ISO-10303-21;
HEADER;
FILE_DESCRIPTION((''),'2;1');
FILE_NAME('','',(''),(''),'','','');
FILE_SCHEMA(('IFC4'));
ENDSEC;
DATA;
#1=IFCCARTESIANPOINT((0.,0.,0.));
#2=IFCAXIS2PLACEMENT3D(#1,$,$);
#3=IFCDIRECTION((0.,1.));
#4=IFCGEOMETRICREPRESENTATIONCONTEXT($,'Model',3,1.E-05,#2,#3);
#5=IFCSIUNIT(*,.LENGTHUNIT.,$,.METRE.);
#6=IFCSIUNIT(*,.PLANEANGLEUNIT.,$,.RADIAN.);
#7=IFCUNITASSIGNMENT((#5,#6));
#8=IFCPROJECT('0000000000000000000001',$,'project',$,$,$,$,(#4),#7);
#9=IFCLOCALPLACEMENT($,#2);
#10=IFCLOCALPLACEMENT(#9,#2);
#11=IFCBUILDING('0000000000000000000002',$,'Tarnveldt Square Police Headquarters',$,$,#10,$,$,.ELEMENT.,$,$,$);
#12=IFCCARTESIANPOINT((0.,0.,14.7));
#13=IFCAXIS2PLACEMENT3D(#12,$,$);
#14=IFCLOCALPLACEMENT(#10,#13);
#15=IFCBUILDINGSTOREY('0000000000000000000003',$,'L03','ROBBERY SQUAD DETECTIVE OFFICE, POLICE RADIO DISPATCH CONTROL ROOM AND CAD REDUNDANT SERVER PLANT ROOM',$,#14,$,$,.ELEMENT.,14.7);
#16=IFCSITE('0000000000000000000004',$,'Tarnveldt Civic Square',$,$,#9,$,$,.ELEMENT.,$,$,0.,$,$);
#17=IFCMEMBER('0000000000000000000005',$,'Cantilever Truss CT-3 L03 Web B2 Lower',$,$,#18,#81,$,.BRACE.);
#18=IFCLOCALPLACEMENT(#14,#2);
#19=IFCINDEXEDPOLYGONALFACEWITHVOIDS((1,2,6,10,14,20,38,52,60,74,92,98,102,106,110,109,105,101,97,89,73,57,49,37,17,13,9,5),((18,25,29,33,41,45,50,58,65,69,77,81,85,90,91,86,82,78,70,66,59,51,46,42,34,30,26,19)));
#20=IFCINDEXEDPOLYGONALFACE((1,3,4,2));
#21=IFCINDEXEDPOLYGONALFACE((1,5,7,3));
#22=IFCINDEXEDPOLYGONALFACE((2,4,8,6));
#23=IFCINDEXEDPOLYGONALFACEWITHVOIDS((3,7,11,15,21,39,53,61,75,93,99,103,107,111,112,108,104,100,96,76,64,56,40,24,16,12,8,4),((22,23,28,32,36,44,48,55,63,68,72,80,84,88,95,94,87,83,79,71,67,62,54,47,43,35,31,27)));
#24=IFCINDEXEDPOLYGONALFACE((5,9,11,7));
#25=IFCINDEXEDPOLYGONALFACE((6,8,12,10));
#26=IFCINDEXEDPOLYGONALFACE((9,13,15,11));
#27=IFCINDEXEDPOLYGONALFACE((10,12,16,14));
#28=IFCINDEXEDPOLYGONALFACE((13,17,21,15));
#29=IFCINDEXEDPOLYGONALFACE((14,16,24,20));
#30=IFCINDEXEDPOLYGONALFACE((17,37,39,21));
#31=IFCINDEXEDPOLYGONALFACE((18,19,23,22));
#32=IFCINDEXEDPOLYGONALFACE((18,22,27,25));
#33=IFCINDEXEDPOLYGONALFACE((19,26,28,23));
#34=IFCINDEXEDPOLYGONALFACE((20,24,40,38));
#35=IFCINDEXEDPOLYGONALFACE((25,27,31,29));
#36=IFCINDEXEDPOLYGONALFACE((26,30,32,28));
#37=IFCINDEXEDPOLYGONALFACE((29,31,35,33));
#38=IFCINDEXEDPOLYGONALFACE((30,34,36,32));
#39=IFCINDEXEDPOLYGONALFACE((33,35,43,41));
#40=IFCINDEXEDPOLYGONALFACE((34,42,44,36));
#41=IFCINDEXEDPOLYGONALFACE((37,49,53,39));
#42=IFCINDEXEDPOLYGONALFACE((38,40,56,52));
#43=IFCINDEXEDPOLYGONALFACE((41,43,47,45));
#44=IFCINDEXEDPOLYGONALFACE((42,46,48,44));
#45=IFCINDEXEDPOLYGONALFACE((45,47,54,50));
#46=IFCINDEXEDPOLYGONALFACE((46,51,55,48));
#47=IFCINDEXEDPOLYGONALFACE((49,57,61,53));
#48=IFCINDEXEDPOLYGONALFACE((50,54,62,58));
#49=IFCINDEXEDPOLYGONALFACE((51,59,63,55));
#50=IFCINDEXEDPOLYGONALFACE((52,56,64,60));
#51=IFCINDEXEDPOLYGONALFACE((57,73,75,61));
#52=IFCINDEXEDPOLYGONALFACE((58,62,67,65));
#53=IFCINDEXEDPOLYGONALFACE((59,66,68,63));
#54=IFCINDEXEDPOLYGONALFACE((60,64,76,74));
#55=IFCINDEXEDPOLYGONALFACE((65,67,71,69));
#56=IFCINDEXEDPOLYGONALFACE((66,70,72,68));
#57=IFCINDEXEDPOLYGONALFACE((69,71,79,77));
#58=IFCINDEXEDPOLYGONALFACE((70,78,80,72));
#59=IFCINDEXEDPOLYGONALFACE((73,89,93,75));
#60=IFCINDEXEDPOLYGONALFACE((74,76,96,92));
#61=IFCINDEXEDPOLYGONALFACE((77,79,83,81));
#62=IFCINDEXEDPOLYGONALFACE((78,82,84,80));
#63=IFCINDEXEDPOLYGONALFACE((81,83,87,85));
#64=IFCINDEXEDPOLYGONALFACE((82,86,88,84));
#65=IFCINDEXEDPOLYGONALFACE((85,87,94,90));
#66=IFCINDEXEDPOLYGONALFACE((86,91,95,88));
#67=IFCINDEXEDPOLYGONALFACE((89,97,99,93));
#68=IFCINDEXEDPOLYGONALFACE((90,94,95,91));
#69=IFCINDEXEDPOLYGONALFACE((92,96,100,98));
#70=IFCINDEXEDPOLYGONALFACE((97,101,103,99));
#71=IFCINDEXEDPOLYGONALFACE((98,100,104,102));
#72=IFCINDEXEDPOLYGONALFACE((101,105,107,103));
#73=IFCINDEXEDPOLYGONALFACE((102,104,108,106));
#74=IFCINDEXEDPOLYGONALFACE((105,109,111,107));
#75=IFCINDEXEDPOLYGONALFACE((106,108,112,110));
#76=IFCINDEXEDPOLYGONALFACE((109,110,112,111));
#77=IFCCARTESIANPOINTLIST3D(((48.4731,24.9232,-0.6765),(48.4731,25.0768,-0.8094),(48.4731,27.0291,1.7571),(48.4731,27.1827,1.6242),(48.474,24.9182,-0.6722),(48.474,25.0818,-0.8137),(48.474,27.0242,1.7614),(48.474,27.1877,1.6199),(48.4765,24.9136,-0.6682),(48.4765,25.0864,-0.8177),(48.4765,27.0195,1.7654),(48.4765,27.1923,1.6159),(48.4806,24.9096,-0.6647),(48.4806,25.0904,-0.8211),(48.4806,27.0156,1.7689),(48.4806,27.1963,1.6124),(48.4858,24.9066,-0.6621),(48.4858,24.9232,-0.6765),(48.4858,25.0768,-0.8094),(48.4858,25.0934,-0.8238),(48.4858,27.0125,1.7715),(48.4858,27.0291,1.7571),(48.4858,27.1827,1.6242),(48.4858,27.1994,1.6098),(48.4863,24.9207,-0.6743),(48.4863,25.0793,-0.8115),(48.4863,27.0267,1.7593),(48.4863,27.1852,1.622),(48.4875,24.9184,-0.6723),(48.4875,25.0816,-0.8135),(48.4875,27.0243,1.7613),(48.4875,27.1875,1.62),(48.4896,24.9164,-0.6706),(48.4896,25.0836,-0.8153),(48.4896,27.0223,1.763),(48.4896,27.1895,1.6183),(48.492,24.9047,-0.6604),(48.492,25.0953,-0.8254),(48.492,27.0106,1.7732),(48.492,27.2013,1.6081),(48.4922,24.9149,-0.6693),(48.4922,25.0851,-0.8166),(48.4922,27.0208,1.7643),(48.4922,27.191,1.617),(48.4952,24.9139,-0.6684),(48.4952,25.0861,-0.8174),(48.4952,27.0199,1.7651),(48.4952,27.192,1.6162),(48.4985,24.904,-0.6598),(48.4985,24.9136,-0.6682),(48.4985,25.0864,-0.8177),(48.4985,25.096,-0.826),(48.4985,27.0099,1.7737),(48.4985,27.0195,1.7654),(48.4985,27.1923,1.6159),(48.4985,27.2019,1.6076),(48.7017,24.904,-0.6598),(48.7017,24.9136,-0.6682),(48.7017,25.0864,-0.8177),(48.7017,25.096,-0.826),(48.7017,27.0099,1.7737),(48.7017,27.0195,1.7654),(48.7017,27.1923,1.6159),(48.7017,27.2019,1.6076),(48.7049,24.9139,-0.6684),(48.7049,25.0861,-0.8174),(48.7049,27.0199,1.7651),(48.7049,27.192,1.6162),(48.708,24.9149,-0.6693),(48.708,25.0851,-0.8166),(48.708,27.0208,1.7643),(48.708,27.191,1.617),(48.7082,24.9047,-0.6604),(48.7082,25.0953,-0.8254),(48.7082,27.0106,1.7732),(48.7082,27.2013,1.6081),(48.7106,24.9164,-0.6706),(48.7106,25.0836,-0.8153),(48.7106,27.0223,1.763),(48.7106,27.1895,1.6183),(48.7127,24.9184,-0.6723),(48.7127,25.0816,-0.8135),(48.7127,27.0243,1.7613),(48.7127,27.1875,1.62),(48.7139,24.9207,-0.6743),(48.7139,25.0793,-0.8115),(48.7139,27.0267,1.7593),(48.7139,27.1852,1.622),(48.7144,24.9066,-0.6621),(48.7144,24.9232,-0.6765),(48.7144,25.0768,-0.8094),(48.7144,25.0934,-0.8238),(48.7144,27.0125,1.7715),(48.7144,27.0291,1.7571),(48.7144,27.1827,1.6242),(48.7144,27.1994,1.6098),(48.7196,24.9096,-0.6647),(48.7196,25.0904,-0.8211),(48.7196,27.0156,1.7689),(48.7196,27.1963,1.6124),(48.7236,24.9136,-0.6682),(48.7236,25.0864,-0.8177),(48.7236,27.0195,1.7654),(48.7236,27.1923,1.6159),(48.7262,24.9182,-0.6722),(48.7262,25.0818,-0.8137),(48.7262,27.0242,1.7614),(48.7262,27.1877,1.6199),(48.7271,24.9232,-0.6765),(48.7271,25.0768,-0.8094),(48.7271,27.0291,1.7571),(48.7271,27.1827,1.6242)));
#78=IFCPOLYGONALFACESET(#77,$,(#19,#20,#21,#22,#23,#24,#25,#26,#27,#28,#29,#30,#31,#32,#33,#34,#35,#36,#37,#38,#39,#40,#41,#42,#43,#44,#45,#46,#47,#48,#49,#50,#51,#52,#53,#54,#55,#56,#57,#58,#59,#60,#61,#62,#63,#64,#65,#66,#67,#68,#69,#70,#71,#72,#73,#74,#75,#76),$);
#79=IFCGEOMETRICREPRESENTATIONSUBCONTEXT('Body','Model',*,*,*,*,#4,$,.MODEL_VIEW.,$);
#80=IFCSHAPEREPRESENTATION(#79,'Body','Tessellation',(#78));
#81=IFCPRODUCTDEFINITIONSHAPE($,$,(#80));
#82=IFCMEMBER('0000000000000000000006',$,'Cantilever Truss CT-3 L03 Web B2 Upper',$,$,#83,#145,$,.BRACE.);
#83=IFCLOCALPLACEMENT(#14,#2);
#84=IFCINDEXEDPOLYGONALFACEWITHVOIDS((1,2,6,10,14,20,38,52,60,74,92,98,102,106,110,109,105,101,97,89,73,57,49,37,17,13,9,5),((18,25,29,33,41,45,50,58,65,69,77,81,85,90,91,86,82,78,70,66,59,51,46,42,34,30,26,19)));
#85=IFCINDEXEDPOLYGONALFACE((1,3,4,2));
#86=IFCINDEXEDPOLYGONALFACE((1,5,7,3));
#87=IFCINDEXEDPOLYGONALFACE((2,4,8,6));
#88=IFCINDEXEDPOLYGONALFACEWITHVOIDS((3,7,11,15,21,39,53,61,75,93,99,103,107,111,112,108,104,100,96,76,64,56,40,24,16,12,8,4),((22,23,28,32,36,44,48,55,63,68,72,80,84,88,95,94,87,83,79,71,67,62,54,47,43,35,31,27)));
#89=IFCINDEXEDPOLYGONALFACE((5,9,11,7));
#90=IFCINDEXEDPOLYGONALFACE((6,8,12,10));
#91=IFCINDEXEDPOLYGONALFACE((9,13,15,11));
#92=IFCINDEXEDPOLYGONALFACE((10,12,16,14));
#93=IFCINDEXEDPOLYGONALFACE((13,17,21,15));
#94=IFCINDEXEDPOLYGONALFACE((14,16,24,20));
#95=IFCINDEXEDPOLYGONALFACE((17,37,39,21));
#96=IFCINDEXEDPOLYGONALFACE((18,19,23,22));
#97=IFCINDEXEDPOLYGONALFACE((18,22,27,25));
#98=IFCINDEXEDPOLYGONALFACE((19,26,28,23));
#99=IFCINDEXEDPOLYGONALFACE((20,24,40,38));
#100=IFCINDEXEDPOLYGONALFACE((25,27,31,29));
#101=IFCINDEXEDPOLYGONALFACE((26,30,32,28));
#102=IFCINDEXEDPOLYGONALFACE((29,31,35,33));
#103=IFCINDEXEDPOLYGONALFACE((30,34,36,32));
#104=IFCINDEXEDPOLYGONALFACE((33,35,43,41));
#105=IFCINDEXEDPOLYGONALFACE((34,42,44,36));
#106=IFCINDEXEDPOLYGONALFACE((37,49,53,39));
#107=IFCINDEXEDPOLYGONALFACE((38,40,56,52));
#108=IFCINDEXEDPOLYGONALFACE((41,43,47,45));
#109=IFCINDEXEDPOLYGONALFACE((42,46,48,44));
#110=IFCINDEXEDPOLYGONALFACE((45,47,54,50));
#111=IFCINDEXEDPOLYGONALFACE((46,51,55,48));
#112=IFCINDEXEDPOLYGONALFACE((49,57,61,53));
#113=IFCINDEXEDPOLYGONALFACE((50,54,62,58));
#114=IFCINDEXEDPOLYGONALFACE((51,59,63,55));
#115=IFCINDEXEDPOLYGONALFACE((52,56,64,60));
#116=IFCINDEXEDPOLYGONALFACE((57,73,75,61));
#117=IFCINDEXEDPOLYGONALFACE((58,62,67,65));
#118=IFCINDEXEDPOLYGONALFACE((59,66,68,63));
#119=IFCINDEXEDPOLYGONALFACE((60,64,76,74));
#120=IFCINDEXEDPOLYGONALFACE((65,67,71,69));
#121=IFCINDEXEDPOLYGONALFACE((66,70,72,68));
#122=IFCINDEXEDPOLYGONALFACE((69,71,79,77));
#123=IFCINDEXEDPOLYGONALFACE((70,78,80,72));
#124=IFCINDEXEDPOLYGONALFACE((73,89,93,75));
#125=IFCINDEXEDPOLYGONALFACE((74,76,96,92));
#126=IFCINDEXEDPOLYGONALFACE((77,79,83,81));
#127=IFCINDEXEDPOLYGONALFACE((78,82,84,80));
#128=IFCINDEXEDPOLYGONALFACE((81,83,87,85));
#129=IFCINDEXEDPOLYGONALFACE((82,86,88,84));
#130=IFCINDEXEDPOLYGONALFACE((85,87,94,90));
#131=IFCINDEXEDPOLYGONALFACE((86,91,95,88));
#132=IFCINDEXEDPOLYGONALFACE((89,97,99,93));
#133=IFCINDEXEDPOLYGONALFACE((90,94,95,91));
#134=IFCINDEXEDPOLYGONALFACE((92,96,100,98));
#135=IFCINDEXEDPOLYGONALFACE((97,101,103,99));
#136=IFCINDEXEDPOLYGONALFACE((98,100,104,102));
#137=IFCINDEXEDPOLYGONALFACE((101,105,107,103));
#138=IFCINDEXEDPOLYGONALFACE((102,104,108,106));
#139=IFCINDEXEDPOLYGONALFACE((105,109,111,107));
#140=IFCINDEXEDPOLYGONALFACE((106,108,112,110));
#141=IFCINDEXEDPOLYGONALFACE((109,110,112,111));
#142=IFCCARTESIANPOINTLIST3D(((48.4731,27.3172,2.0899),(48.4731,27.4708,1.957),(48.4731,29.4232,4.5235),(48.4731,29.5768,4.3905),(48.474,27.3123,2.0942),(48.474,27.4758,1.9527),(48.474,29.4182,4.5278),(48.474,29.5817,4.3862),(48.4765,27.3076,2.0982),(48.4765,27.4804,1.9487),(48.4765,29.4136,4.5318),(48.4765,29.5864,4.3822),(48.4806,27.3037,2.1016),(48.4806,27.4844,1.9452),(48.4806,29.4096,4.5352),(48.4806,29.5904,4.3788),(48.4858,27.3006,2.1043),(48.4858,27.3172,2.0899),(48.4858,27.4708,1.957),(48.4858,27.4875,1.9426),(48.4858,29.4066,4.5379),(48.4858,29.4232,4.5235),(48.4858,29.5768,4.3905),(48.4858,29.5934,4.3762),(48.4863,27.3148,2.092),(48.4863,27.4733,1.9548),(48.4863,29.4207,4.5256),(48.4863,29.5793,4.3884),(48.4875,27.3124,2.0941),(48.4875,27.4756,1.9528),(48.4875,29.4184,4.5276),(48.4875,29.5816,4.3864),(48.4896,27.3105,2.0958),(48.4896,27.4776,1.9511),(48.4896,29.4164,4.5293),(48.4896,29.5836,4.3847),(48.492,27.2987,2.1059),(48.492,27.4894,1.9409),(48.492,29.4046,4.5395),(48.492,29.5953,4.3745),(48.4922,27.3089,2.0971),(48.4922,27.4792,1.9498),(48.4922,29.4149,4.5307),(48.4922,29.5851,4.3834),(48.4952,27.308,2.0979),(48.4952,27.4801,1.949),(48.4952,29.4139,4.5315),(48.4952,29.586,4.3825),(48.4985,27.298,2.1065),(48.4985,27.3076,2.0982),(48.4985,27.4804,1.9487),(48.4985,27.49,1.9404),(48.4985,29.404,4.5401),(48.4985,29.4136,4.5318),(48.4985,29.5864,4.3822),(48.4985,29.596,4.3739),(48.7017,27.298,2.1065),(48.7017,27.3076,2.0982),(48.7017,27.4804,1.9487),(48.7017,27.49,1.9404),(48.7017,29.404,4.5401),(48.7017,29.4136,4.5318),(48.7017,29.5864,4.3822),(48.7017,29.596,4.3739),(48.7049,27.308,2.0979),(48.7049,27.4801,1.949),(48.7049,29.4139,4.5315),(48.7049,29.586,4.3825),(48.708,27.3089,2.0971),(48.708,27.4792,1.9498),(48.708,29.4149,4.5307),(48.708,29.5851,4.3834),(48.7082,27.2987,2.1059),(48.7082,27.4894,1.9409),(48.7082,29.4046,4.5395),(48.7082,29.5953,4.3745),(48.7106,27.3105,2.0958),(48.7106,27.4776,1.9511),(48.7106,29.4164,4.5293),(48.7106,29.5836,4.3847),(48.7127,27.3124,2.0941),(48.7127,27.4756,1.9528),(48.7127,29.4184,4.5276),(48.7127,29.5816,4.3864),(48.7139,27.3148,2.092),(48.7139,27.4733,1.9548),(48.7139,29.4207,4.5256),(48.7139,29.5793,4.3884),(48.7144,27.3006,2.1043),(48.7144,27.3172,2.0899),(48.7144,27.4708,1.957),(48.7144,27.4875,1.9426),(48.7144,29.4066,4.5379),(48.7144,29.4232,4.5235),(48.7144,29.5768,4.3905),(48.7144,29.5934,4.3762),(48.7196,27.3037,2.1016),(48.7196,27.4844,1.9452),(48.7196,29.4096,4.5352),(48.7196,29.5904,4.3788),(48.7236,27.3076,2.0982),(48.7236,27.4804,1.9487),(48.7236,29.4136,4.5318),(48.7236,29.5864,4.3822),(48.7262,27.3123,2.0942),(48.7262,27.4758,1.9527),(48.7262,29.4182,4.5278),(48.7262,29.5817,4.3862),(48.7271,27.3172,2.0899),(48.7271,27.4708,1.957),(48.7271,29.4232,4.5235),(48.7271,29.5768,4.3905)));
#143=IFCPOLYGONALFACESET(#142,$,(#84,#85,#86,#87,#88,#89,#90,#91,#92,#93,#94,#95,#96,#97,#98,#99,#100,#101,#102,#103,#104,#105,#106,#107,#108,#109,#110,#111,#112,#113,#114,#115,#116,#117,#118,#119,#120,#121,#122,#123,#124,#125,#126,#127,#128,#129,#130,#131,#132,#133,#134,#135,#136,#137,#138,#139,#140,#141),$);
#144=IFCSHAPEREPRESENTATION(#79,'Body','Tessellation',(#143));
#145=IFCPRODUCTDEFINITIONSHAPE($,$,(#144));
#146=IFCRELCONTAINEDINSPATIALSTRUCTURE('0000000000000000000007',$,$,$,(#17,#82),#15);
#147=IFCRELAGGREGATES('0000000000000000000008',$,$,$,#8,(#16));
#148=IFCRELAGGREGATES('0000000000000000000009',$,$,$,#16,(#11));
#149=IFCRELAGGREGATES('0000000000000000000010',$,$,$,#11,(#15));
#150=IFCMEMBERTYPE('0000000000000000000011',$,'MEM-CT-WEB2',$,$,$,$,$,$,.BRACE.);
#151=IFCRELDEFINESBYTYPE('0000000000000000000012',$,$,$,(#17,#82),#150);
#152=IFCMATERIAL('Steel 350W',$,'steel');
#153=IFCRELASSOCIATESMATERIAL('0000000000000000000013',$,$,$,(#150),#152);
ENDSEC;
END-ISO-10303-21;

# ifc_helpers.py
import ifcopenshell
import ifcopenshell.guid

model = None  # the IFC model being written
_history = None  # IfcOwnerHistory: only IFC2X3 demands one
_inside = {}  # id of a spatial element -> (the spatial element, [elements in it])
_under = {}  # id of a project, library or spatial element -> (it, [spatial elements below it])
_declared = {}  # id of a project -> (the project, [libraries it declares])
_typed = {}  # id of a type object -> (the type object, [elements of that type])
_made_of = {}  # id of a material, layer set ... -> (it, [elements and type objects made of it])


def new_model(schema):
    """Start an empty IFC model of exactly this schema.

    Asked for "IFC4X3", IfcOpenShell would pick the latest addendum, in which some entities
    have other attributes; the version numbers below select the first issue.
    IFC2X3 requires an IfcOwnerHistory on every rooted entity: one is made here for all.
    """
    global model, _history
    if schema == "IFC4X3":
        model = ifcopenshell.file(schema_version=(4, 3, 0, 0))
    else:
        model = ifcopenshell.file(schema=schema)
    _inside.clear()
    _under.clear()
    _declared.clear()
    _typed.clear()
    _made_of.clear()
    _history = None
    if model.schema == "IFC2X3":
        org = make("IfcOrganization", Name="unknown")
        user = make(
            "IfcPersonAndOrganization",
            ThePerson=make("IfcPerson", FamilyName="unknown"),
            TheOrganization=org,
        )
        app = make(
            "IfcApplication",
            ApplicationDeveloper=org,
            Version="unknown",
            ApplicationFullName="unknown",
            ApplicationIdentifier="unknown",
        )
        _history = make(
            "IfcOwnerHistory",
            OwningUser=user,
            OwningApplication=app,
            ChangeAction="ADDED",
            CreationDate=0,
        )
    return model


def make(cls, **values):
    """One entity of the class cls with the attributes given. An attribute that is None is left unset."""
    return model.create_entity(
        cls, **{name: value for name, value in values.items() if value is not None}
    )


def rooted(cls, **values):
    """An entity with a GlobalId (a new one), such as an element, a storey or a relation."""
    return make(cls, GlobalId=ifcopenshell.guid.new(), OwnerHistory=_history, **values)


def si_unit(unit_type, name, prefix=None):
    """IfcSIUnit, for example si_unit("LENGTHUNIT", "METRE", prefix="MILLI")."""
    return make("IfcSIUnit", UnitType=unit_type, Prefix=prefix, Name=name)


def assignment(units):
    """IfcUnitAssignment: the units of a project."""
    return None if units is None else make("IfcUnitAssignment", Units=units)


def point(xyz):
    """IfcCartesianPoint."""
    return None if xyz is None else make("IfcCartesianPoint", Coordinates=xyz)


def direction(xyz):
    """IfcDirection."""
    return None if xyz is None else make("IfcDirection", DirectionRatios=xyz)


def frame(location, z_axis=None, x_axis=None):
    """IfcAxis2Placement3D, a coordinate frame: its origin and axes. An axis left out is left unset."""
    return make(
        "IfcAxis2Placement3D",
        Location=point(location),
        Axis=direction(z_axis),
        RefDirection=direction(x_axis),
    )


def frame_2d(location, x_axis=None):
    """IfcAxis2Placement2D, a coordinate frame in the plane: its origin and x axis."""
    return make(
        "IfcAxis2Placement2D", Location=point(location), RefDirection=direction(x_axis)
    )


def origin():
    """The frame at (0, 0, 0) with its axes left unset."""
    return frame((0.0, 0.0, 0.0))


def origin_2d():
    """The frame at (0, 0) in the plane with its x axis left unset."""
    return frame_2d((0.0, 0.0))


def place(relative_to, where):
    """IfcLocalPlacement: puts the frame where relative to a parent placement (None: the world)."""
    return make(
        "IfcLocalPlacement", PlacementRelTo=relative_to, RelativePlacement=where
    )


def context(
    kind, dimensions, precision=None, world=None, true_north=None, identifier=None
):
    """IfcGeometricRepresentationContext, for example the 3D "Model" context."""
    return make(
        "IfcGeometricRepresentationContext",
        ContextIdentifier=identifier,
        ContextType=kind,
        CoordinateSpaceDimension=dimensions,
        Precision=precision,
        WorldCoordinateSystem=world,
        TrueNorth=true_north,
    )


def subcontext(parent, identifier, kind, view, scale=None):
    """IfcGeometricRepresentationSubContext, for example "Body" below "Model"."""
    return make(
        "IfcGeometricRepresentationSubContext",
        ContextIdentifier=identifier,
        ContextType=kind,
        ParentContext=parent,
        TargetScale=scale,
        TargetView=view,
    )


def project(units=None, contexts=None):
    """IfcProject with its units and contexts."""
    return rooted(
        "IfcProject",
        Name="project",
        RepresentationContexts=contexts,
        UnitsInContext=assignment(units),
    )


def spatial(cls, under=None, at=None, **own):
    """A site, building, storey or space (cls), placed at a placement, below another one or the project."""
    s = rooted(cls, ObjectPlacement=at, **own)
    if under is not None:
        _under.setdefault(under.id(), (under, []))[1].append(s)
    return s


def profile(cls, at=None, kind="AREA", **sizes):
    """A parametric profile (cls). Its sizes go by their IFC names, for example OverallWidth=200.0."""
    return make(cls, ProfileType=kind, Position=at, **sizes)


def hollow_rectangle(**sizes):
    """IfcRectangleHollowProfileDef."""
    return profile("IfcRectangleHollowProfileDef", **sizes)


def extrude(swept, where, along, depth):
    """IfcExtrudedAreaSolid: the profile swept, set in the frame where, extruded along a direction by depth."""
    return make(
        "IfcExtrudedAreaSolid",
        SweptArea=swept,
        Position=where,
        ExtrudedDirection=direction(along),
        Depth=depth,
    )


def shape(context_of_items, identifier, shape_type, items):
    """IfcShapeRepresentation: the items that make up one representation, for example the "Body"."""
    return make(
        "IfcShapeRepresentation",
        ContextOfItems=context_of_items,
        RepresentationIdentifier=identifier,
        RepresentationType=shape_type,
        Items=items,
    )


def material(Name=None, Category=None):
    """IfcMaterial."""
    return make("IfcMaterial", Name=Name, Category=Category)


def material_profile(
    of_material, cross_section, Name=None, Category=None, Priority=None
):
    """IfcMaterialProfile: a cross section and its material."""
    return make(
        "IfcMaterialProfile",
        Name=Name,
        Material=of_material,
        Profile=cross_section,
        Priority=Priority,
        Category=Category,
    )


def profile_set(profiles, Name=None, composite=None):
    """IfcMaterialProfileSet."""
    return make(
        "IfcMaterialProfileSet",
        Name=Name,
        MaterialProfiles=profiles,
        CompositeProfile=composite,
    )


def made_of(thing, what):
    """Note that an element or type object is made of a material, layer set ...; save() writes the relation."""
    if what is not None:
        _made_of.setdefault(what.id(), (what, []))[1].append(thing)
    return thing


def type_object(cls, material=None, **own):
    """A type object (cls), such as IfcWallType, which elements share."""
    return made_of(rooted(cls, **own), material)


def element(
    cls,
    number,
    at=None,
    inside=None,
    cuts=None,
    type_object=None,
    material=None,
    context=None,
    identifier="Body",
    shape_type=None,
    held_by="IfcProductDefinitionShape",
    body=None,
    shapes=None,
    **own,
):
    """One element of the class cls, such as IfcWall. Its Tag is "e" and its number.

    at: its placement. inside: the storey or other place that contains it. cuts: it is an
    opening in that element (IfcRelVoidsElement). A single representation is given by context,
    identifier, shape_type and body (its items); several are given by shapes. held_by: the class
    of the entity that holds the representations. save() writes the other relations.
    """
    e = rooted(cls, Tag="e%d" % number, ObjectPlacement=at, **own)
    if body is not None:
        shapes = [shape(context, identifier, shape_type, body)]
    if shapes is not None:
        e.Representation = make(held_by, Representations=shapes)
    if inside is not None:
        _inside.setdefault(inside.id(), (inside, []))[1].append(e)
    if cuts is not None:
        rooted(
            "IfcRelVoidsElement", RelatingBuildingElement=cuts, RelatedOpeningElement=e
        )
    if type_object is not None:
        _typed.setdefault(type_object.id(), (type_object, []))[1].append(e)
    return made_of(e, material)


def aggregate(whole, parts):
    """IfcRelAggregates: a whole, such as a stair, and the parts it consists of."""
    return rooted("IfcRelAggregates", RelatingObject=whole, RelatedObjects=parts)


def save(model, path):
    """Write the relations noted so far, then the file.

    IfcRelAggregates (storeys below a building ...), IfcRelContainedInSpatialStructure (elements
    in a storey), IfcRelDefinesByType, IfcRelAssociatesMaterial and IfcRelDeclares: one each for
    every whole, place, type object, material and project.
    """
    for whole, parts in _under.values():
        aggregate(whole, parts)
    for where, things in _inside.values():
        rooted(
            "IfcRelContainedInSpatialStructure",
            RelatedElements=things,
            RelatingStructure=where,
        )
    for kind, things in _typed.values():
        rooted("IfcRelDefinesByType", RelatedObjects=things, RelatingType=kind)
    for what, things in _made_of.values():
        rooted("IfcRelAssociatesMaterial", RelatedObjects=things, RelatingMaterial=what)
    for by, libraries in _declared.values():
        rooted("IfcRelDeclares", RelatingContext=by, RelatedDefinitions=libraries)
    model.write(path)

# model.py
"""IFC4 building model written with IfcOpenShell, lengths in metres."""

from ifc_helpers import new_model, si_unit, direction, frame, origin, origin_2d, place, context, subcontext, project, spatial, hollow_rectangle, extrude, material, material_profile, profile_set, type_object, element, save


model = new_model("IFC4")

# Units and contexts
model_context = context("Model", 3, precision=1e-05, world=origin(), true_north=direction((0.0, 1.0)))
body_context = subcontext(model_context, "Body", "Model", "MODEL_VIEW")
ifc_project = project(units=[si_unit("LENGTHUNIT", "METRE"), si_unit("PLANEANGLEUNIT", "RADIAN")], contexts=[model_context])

# Site, building, storey
site_placement = place(None, origin())
site = spatial("IfcSite", under=ifc_project, at=site_placement, Name="Tarnveldt Civic Square", CompositionType="ELEMENT", RefElevation=0.0)
building_placement = place(site_placement, origin())
building = spatial("IfcBuilding", under=site, at=building_placement, Name="Tarnveldt Square Police Headquarters", CompositionType="ELEMENT")
storey_placement = place(building_placement, frame((0.0, 0.0, 14.7)))
storey = spatial("IfcBuildingStorey", under=building, at=storey_placement, Name="L03", Description="ROBBERY SQUAD DETECTIVE OFFICE, POLICE RADIO DISPATCH CONTROL ROOM AND CAD REDUNDANT SERVER PLANT ROOM", CompositionType="ELEMENT", Elevation=14.7)

# Shared definitions
ifc_material_1 = material(Name="Steel 350W", Category="steel")

# Members
ifc_material_profile_1 = material_profile(ifc_material_1, hollow_rectangle(XDim=0.2539, YDim=0.2539, WallThickness=0.0127, InnerFilletRadius=0.0127, OuterFilletRadius=0.0254, at=origin_2d()), Name="HSS254x254x13")
ifc_profile_set_1 = profile_set([ifc_material_profile_1], Name="Steel 350W")
member_type_1 = type_object("IfcMemberType", Name="MEM-CT-WEB2", PredefinedType="BRACE", material=ifc_profile_set_1)
for number, where, z_axis, x_axis, name in (
    (1, (48.6001, 25.0, -0.7429), (0.0, 0.65437, 0.756174), (-1.0, 0.0, 0.0), "Cantilever Truss CT-3 L03 Web B2 Lower"),
    (2, (48.6001, 27.394, 2.0234), (0.0, 0.65437, 0.756174), (-1.0, 0.0, 0.0), "Cantilever Truss CT-3 L03 Web B2 Upper"),
):
    element("IfcMember", number, at=place(storey_placement, frame(where, z_axis=z_axis, x_axis=x_axis)), inside=storey, type_object=member_type_1, Name=name, PredefinedType="BRACE", context=body_context, shape_type="SweptSolid", body=[
        extrude(hollow_rectangle(XDim=0.2539, YDim=0.2539, WallThickness=0.0127, InnerFilletRadius=0.0127, OuterFilletRadius=0.0254, at=origin_2d()), origin(), (0.0, 0.0, 1.0), 3.2183),
    ])

save(model, "model.ifc")
